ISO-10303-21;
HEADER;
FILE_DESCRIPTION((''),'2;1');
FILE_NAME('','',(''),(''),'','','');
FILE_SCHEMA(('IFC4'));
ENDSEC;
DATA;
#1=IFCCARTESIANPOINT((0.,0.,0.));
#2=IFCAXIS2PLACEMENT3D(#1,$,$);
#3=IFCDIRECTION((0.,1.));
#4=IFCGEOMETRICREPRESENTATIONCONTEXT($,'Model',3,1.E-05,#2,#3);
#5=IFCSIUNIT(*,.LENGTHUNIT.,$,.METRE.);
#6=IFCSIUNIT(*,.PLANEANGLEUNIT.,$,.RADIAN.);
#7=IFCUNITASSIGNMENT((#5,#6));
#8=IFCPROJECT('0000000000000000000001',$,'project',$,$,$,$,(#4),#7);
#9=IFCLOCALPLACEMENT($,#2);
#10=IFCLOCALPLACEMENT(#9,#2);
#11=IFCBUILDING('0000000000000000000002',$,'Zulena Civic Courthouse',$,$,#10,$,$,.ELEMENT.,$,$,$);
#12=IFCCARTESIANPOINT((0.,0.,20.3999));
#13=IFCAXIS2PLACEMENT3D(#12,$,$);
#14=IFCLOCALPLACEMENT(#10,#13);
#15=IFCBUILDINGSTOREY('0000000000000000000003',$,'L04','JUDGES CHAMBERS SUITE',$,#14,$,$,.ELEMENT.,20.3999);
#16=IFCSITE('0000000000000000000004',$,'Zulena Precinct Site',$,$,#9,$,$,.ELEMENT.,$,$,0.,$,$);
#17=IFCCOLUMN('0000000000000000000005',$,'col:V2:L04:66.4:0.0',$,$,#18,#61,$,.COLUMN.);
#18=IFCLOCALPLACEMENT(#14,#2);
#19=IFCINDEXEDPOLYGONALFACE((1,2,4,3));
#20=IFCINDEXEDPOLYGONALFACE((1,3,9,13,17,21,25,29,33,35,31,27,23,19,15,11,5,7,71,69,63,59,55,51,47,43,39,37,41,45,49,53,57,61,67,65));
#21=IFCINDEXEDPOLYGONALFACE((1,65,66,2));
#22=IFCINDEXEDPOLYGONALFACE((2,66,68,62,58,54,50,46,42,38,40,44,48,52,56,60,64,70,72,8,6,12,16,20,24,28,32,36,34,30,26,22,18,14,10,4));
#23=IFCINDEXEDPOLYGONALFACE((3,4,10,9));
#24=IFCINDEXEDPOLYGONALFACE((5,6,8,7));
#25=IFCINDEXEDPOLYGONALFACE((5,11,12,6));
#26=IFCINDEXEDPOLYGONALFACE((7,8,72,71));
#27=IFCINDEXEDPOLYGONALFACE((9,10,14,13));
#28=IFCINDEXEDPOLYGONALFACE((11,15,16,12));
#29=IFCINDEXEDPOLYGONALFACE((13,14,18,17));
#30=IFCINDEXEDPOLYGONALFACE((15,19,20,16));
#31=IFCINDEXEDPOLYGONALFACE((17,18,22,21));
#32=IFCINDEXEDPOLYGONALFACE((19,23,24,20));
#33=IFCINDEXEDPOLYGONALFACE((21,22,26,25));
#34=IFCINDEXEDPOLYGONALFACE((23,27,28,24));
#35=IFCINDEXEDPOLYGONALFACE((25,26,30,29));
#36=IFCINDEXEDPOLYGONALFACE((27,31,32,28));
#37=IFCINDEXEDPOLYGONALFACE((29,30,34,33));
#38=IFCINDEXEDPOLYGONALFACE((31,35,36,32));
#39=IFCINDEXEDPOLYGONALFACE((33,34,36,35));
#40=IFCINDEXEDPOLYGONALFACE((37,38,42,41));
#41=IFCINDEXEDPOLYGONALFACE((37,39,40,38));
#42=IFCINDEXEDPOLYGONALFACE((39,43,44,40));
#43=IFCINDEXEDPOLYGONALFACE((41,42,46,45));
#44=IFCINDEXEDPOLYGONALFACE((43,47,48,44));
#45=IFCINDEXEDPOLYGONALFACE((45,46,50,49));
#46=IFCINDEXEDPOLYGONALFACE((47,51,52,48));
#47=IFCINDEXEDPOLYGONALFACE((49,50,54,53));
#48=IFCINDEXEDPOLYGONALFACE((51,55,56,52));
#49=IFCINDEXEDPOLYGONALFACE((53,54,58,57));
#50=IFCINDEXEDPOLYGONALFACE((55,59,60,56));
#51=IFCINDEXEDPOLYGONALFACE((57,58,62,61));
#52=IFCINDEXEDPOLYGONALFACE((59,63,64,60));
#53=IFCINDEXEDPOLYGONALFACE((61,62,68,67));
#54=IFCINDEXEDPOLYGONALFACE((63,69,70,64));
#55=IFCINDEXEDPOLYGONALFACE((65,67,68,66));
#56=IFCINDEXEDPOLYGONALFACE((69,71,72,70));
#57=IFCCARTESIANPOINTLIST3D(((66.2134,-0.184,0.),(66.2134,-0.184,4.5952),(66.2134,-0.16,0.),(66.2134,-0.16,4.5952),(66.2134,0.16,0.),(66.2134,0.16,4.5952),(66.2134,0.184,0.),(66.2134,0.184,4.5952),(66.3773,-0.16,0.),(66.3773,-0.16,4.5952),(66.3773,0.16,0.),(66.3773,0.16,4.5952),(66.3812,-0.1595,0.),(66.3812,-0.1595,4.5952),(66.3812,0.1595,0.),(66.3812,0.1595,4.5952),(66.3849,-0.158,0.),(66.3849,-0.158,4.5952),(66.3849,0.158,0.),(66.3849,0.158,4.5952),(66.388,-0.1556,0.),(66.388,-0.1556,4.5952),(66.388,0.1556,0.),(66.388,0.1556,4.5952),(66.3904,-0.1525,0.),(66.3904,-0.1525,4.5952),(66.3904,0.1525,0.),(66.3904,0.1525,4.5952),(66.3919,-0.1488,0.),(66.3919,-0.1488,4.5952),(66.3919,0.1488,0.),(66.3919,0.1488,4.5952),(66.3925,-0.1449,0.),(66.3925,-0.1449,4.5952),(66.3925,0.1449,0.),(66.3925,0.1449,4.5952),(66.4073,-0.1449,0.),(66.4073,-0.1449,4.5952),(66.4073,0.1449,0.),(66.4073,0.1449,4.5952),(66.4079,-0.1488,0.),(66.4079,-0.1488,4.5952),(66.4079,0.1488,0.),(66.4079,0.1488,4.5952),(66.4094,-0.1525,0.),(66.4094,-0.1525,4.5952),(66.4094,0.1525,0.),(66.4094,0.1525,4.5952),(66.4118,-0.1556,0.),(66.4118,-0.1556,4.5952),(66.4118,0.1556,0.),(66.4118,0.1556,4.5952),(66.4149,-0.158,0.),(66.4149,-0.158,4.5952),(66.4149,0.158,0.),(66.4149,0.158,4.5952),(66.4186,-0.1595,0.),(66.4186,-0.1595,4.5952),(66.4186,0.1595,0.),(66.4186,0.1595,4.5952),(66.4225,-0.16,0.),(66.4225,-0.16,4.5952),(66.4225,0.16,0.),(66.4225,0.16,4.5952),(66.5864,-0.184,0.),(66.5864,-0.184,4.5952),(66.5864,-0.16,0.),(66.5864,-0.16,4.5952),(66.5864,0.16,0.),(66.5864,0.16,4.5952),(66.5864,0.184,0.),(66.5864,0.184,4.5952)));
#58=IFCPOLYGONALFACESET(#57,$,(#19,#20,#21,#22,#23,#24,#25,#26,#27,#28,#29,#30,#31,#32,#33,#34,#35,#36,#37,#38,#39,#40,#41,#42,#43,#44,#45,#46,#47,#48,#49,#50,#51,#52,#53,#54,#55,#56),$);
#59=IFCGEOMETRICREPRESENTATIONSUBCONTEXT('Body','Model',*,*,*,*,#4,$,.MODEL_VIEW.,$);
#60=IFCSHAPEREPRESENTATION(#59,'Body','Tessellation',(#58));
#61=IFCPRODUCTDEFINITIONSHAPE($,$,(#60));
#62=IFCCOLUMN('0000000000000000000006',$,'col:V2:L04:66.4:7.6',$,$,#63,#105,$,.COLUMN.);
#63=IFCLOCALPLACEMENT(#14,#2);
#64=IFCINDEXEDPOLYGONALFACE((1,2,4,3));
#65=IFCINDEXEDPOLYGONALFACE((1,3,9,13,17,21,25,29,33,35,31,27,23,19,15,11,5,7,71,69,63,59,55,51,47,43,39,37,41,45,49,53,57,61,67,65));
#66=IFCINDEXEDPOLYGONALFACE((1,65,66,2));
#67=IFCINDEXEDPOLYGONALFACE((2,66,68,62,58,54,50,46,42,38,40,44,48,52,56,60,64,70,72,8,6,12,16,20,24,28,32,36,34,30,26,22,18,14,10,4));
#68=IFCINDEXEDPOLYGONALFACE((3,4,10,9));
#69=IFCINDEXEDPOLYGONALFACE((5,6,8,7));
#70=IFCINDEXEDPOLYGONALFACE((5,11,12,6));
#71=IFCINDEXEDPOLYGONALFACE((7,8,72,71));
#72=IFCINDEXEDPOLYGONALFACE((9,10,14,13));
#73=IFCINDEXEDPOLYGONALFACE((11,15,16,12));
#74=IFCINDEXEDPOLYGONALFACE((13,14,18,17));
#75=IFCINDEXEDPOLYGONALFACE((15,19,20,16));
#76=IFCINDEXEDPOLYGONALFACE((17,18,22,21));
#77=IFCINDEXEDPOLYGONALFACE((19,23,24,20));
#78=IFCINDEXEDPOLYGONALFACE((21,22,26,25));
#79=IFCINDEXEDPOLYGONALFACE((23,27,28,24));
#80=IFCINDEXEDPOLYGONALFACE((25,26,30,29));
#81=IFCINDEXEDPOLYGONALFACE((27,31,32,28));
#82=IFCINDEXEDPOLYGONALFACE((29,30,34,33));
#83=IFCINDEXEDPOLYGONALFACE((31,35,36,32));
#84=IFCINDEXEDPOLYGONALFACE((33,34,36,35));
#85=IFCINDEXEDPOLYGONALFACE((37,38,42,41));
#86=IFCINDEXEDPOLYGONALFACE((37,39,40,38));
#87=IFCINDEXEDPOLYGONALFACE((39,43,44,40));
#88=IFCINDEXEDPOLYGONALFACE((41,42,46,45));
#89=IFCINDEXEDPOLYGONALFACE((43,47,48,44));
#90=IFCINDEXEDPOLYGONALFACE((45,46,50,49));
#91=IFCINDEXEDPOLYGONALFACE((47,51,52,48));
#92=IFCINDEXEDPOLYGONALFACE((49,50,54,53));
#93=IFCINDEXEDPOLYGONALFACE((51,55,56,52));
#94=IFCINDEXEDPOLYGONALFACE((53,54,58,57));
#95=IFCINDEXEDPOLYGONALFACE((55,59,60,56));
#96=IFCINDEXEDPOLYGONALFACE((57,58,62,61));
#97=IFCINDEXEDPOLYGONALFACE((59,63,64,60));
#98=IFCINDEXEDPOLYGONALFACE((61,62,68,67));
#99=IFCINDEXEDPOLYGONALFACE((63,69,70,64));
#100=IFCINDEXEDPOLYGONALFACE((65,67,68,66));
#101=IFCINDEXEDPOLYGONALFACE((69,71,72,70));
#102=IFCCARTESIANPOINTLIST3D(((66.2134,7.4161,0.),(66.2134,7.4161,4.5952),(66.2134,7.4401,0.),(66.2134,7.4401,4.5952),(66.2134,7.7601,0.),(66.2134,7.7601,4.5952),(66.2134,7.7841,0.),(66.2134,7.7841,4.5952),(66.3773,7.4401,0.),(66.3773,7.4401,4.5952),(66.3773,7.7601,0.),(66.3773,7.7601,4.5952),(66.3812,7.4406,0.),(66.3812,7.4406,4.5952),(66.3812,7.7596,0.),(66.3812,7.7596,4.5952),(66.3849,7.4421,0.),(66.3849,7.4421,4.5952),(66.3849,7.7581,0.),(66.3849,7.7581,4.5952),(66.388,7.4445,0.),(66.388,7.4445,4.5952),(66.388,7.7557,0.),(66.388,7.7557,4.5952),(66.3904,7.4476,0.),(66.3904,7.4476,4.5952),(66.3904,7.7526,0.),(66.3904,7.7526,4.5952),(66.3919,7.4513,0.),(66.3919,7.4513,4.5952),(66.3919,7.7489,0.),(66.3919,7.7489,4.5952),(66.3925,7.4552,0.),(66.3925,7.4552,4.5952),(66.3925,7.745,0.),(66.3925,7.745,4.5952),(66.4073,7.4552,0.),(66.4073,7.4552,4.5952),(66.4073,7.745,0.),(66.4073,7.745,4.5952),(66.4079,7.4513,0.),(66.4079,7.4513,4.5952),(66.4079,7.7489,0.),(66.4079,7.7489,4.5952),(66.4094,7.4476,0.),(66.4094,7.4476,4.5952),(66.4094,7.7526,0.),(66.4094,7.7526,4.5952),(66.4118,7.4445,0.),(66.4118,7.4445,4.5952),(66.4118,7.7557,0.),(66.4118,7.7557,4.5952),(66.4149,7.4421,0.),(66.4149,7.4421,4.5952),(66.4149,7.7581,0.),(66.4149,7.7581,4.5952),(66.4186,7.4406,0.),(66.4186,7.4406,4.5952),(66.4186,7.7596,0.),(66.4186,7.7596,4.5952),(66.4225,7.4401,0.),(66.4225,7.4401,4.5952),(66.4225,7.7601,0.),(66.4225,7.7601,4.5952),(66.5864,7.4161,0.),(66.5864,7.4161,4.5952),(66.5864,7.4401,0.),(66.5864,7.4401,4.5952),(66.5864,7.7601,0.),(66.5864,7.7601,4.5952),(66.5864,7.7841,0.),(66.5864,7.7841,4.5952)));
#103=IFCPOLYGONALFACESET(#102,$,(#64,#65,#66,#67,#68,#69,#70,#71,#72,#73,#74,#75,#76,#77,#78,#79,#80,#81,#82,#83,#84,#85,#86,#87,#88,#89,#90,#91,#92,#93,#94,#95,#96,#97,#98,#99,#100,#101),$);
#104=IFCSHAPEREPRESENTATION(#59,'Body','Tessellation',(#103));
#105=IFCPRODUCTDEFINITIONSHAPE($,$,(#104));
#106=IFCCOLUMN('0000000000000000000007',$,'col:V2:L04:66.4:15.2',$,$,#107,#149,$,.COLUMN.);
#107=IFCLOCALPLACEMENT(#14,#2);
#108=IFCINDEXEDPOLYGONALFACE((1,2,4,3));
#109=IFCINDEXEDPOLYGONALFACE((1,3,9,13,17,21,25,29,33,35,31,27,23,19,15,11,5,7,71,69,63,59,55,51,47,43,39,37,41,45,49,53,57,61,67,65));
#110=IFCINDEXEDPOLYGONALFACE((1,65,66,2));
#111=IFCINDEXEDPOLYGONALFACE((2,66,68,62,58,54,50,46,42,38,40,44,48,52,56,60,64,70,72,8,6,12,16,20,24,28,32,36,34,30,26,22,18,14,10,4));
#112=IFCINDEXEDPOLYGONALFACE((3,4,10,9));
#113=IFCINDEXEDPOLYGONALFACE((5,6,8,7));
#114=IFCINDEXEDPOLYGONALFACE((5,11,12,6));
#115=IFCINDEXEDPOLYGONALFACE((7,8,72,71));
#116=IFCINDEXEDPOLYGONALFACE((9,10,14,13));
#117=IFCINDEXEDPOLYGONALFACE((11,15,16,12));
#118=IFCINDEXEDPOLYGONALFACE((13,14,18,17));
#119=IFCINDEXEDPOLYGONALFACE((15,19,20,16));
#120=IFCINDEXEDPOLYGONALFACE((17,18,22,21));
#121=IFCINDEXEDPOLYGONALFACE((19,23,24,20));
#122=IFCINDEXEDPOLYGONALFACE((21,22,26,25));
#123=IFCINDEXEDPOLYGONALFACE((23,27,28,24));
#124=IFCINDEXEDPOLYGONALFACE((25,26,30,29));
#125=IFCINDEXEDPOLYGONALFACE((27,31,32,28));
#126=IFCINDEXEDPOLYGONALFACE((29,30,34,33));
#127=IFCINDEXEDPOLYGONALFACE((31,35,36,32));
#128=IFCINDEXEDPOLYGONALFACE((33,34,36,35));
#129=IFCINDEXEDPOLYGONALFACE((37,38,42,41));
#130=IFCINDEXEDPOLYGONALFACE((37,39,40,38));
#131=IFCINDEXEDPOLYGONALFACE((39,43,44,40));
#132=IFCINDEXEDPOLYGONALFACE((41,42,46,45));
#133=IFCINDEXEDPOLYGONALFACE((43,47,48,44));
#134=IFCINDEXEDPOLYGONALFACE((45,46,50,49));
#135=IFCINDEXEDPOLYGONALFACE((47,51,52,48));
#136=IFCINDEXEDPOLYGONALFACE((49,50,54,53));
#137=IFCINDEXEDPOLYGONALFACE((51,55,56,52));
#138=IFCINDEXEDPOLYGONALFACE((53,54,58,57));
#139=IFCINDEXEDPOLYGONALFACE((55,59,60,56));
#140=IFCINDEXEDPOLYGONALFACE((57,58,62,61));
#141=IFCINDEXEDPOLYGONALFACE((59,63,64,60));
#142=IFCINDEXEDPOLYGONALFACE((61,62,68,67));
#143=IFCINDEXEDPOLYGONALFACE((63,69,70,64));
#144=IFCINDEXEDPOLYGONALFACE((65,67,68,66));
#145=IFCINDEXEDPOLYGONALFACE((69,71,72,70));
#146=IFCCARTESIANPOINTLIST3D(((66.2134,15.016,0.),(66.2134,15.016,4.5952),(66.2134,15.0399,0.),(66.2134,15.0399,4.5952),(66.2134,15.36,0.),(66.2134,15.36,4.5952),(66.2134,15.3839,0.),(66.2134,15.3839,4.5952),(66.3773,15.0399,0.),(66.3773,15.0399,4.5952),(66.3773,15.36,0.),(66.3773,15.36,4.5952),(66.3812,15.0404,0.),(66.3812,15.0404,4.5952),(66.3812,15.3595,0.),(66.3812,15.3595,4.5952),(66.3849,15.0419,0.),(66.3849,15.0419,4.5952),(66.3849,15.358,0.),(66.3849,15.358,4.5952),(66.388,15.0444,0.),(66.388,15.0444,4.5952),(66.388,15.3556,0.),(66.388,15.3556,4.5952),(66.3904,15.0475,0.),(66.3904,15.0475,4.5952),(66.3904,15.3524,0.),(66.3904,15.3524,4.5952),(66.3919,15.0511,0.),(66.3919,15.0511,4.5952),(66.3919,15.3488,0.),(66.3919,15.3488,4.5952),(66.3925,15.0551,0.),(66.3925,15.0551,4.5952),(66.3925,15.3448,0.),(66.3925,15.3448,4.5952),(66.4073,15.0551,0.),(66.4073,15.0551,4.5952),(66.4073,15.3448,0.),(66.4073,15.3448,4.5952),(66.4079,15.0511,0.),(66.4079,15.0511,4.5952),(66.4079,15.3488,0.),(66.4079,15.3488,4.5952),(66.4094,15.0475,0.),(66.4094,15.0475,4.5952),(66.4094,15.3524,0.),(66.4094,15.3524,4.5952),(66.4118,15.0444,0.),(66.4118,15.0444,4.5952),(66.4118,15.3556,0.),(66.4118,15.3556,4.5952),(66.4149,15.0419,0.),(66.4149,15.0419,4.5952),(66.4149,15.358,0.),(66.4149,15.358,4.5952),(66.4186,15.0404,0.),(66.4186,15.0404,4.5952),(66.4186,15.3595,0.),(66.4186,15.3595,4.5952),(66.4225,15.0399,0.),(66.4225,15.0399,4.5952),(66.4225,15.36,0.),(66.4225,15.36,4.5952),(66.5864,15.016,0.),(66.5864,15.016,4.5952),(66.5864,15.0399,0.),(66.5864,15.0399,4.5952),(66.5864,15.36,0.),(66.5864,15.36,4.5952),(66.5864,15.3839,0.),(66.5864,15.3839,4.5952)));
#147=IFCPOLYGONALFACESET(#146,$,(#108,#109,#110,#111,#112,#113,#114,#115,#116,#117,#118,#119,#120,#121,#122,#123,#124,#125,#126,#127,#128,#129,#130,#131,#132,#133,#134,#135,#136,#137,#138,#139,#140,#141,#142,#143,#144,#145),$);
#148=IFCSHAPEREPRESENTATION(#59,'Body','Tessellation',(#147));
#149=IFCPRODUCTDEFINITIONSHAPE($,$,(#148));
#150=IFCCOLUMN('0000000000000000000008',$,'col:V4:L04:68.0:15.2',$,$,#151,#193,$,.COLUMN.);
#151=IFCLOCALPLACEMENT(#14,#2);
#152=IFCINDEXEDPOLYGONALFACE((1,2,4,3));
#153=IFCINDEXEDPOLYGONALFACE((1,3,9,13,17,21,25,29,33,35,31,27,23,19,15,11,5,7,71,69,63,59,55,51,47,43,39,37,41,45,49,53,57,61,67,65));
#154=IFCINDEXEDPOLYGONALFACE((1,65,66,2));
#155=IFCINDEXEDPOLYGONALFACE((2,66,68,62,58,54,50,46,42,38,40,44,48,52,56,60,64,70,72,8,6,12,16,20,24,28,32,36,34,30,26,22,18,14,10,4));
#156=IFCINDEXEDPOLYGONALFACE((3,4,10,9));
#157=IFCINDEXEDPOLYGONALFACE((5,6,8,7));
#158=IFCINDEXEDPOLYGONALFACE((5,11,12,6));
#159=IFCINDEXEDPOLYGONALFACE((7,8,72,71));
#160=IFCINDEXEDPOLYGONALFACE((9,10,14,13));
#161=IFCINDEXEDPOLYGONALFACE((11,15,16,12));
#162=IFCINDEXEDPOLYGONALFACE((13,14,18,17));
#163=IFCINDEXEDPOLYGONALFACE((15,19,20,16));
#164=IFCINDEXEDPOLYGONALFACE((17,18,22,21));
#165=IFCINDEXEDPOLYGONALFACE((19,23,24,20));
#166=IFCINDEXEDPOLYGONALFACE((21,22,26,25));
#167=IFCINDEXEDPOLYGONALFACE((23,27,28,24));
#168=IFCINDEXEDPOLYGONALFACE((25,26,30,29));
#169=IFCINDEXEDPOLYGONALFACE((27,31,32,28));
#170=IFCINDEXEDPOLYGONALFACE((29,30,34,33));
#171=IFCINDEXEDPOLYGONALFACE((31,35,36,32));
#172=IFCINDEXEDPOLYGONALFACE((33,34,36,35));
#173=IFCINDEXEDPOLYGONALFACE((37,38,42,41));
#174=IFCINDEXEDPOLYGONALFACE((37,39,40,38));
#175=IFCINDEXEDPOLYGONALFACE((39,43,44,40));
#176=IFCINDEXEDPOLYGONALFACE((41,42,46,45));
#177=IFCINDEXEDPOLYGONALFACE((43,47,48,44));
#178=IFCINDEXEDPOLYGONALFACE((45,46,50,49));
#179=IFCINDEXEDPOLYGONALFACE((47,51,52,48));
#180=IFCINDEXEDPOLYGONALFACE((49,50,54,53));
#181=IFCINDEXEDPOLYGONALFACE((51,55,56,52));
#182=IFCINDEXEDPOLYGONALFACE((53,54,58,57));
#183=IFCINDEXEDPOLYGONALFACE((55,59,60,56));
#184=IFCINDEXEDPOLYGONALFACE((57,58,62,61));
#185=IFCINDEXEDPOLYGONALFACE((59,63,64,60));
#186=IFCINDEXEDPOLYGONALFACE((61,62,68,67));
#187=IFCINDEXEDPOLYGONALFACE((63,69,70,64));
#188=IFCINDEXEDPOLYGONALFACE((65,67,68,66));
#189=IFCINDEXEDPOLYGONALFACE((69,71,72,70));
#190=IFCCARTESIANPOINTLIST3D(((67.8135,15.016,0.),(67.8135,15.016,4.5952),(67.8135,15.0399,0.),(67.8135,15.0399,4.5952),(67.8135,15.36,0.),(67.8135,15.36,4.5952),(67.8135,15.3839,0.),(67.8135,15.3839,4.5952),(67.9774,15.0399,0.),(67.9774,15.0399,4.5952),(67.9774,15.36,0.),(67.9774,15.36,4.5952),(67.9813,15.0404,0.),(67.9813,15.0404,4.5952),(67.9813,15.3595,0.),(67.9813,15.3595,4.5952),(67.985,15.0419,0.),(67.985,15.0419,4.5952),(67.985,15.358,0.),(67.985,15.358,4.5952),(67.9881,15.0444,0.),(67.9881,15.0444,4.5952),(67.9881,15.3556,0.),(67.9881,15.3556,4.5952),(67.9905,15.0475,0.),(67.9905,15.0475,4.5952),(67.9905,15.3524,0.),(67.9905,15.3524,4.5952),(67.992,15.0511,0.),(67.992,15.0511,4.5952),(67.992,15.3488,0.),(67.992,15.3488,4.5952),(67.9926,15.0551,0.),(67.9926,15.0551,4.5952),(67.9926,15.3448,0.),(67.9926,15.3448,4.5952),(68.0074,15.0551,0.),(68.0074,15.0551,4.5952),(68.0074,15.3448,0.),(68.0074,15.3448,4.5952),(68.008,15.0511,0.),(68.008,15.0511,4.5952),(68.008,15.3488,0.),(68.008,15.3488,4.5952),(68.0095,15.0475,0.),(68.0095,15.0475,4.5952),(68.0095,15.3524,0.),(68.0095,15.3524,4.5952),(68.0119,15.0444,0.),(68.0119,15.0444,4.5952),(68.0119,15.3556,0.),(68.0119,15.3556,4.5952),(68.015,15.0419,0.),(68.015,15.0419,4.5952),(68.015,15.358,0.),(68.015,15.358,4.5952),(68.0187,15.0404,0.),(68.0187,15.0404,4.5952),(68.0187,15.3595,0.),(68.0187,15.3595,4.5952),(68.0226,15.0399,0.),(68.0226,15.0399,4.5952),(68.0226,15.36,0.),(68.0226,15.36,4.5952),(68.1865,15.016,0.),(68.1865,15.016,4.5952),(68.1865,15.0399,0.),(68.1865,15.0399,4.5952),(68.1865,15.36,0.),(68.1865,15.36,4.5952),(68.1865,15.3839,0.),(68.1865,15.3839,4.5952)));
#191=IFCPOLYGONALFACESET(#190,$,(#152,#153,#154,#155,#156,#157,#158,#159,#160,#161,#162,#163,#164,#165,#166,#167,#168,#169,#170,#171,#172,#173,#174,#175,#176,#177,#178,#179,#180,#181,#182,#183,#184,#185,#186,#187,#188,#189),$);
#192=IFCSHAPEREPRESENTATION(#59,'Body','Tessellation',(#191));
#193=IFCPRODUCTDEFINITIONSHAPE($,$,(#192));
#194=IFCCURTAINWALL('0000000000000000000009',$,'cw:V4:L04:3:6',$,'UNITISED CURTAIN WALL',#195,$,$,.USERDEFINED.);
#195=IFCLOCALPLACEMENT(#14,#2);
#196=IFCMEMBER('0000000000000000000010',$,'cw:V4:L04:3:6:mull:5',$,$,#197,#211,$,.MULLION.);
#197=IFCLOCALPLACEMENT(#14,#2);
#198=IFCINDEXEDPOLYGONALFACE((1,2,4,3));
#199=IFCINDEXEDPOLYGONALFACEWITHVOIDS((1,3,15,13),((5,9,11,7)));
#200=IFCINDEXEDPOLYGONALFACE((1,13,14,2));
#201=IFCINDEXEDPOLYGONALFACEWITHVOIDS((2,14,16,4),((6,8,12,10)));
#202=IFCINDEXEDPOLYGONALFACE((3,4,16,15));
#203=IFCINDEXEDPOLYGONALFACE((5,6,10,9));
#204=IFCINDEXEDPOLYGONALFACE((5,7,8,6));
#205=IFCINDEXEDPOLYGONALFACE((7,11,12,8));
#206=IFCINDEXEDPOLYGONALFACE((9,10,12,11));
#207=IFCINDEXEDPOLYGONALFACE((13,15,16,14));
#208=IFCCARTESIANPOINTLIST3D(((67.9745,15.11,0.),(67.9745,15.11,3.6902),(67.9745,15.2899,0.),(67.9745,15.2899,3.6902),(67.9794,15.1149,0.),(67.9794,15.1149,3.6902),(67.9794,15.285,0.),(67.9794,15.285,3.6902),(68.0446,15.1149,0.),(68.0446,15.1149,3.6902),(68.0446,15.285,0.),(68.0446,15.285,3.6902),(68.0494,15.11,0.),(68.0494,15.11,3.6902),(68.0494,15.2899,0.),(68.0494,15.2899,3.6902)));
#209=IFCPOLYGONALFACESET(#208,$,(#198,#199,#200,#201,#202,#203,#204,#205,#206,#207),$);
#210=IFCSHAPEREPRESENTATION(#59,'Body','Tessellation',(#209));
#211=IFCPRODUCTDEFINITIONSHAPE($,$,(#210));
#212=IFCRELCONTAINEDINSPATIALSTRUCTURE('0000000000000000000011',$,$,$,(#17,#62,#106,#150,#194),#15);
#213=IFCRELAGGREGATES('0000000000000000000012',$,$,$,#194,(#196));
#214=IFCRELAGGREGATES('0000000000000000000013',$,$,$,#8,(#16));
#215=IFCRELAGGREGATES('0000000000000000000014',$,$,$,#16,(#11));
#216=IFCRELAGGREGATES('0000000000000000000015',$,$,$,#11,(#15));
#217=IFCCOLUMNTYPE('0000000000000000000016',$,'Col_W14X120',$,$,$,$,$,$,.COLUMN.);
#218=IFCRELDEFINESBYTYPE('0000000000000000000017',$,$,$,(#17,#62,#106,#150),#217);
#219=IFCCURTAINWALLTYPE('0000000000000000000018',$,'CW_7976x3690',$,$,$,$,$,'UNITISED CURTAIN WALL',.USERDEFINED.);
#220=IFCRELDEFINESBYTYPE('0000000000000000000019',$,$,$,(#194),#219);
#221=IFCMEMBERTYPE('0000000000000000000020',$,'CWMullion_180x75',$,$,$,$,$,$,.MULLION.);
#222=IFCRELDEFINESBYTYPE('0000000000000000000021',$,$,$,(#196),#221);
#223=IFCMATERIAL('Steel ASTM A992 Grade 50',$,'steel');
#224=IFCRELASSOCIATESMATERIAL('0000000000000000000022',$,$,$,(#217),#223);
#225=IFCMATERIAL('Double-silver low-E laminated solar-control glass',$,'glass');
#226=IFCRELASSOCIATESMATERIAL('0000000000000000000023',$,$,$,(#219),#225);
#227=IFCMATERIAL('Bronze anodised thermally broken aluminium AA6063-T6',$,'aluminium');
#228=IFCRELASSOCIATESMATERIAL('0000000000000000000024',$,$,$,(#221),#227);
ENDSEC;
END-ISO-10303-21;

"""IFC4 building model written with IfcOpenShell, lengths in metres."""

from ifc_helpers import new_model, si_unit, direction, frame, origin, origin_2d, place, context, subcontext, project, spatial, hollow_rectangle, i_section, extrude, material, material_profile, profile_set, type_object, element, aggregate, save


model = new_model("IFC4")

# Units and contexts
model_context = context("Model", 3, precision=1e-05, world=origin(), true_north=direction((0.0, 1.0)))
body_context = subcontext(model_context, "Body", "Model", "MODEL_VIEW")
ifc_project = project(units=[si_unit("LENGTHUNIT", "METRE"), si_unit("PLANEANGLEUNIT", "RADIAN")], contexts=[model_context])

# Site, building, storey
site_placement = place(None, origin())
site = spatial("IfcSite", under=ifc_project, at=site_placement, Name="Zulena Precinct Site", CompositionType="ELEMENT", RefElevation=0.0)
building_placement = place(site_placement, origin())
building = spatial("IfcBuilding", under=site, at=building_placement, Name="Zulena Civic Courthouse", CompositionType="ELEMENT")
storey_placement = place(building_placement, frame((0.0, 0.0, 20.3999)))
storey = spatial("IfcBuildingStorey", under=building, at=storey_placement, Name="L04", Description="JUDGES CHAMBERS SUITE", CompositionType="ELEMENT", Elevation=20.3999)

# Columns
ifc_material_1 = material(Name="Steel ASTM A992 Grade 50", Category="steel")
ifc_material_profile_1 = material_profile(ifc_material_1, i_section(OverallWidth=0.373, OverallDepth=0.3679, WebThickness=0.0149, FlangeThickness=0.0239, FilletRadius=0.0151, at=origin_2d()), Name="W14X120")
ifc_profile_set_1 = profile_set([ifc_material_profile_1], Name="Steel ASTM A992 Grade 50")
column_type = type_object("IfcColumnType", Name="Col_W14X120", PredefinedType="COLUMN", material=ifc_profile_set_1)
for number, where, z_axis, x_axis, name in (
    (1, (66.3999, 0.0, 0.0), (0.0, 0.0, 1.0), (1.0, 0.0, 0.0), "col:V2:L04:66.4:0.0"),
    (2, (66.3999, 7.6001, 0.0), (0.0, 0.0, 1.0), (1.0, 0.0, 0.0), "col:V2:L04:66.4:7.6"),
    (3, (66.3999, 15.2, 0.0), (0.0, 0.0, 1.0), (1.0, 0.0, 0.0), "col:V2:L04:66.4:15.2"),
    (4, (68.0, 15.2, 0.0), (0.0, 0.0, 1.0), (1.0, 0.0, 0.0), "col:V4:L04:68.0:15.2"),
):
    element("IfcColumn", number, at=place(storey_placement, frame(where, z_axis=z_axis, x_axis=x_axis)), inside=storey, type_object=column_type, Name=name, PredefinedType="COLUMN", context=body_context, shape_type="SweptSolid", body=[
        extrude(i_section(OverallWidth=0.373, OverallDepth=0.3679, WebThickness=0.0149, FlangeThickness=0.0239, FilletRadius=0.0151, at=origin_2d()), origin(), (0.0, 0.0, 1.0), 4.5952),
    ])

# Curtain wall, member
ifc_material_2 = material(Name="Double-silver low-E laminated solar-control glass", Category="glass")
curtain_wall_type = type_object("IfcCurtainWallType", Name="CW_7976x3690", ElementType="UNITISED CURTAIN WALL", PredefinedType="USERDEFINED", material=ifc_material_2)
curtain_wall_placement = place(storey_placement, origin())
curtain_wall = element("IfcCurtainWall", 5, at=curtain_wall_placement, inside=storey, type_object=curtain_wall_type, Name="cw:V4:L04:3:6", ObjectType="UNITISED CURTAIN WALL", PredefinedType="USERDEFINED")
ifc_material_3 = material(Name="Bronze anodised thermally broken aluminium AA6063-T6", Category="aluminium")
ifc_material_profile_2 = material_profile(ifc_material_3, hollow_rectangle(XDim=0.075, YDim=0.1799, WallThickness=0.0049, at=origin_2d()), Name="CWM180X75X5")
ifc_profile_set_2 = profile_set([ifc_material_profile_2], Name="Bronze anodised thermally broken aluminium AA6063-T6")
member_type = type_object("IfcMemberType", Name="CWMullion_180x75", PredefinedType="MULLION", material=ifc_profile_set_2)
member_placement = place(storey_placement, frame((68.012, 15.2, 0.0), z_axis=(0.0, 0.0, 1.0), x_axis=(1.0, 0.0, 0.0)))
member = element("IfcMember", 6, at=member_placement, type_object=member_type, Name="cw:V4:L04:3:6:mull:5", PredefinedType="MULLION", context=body_context, shape_type="SweptSolid", body=[
    extrude(hollow_rectangle(XDim=0.075, YDim=0.1799, WallThickness=0.0049, at=origin_2d()), origin(), (0.0, 0.0, 1.0), 3.6902),
])

aggregate(curtain_wall, [member])

save(model, "model.ifc")
